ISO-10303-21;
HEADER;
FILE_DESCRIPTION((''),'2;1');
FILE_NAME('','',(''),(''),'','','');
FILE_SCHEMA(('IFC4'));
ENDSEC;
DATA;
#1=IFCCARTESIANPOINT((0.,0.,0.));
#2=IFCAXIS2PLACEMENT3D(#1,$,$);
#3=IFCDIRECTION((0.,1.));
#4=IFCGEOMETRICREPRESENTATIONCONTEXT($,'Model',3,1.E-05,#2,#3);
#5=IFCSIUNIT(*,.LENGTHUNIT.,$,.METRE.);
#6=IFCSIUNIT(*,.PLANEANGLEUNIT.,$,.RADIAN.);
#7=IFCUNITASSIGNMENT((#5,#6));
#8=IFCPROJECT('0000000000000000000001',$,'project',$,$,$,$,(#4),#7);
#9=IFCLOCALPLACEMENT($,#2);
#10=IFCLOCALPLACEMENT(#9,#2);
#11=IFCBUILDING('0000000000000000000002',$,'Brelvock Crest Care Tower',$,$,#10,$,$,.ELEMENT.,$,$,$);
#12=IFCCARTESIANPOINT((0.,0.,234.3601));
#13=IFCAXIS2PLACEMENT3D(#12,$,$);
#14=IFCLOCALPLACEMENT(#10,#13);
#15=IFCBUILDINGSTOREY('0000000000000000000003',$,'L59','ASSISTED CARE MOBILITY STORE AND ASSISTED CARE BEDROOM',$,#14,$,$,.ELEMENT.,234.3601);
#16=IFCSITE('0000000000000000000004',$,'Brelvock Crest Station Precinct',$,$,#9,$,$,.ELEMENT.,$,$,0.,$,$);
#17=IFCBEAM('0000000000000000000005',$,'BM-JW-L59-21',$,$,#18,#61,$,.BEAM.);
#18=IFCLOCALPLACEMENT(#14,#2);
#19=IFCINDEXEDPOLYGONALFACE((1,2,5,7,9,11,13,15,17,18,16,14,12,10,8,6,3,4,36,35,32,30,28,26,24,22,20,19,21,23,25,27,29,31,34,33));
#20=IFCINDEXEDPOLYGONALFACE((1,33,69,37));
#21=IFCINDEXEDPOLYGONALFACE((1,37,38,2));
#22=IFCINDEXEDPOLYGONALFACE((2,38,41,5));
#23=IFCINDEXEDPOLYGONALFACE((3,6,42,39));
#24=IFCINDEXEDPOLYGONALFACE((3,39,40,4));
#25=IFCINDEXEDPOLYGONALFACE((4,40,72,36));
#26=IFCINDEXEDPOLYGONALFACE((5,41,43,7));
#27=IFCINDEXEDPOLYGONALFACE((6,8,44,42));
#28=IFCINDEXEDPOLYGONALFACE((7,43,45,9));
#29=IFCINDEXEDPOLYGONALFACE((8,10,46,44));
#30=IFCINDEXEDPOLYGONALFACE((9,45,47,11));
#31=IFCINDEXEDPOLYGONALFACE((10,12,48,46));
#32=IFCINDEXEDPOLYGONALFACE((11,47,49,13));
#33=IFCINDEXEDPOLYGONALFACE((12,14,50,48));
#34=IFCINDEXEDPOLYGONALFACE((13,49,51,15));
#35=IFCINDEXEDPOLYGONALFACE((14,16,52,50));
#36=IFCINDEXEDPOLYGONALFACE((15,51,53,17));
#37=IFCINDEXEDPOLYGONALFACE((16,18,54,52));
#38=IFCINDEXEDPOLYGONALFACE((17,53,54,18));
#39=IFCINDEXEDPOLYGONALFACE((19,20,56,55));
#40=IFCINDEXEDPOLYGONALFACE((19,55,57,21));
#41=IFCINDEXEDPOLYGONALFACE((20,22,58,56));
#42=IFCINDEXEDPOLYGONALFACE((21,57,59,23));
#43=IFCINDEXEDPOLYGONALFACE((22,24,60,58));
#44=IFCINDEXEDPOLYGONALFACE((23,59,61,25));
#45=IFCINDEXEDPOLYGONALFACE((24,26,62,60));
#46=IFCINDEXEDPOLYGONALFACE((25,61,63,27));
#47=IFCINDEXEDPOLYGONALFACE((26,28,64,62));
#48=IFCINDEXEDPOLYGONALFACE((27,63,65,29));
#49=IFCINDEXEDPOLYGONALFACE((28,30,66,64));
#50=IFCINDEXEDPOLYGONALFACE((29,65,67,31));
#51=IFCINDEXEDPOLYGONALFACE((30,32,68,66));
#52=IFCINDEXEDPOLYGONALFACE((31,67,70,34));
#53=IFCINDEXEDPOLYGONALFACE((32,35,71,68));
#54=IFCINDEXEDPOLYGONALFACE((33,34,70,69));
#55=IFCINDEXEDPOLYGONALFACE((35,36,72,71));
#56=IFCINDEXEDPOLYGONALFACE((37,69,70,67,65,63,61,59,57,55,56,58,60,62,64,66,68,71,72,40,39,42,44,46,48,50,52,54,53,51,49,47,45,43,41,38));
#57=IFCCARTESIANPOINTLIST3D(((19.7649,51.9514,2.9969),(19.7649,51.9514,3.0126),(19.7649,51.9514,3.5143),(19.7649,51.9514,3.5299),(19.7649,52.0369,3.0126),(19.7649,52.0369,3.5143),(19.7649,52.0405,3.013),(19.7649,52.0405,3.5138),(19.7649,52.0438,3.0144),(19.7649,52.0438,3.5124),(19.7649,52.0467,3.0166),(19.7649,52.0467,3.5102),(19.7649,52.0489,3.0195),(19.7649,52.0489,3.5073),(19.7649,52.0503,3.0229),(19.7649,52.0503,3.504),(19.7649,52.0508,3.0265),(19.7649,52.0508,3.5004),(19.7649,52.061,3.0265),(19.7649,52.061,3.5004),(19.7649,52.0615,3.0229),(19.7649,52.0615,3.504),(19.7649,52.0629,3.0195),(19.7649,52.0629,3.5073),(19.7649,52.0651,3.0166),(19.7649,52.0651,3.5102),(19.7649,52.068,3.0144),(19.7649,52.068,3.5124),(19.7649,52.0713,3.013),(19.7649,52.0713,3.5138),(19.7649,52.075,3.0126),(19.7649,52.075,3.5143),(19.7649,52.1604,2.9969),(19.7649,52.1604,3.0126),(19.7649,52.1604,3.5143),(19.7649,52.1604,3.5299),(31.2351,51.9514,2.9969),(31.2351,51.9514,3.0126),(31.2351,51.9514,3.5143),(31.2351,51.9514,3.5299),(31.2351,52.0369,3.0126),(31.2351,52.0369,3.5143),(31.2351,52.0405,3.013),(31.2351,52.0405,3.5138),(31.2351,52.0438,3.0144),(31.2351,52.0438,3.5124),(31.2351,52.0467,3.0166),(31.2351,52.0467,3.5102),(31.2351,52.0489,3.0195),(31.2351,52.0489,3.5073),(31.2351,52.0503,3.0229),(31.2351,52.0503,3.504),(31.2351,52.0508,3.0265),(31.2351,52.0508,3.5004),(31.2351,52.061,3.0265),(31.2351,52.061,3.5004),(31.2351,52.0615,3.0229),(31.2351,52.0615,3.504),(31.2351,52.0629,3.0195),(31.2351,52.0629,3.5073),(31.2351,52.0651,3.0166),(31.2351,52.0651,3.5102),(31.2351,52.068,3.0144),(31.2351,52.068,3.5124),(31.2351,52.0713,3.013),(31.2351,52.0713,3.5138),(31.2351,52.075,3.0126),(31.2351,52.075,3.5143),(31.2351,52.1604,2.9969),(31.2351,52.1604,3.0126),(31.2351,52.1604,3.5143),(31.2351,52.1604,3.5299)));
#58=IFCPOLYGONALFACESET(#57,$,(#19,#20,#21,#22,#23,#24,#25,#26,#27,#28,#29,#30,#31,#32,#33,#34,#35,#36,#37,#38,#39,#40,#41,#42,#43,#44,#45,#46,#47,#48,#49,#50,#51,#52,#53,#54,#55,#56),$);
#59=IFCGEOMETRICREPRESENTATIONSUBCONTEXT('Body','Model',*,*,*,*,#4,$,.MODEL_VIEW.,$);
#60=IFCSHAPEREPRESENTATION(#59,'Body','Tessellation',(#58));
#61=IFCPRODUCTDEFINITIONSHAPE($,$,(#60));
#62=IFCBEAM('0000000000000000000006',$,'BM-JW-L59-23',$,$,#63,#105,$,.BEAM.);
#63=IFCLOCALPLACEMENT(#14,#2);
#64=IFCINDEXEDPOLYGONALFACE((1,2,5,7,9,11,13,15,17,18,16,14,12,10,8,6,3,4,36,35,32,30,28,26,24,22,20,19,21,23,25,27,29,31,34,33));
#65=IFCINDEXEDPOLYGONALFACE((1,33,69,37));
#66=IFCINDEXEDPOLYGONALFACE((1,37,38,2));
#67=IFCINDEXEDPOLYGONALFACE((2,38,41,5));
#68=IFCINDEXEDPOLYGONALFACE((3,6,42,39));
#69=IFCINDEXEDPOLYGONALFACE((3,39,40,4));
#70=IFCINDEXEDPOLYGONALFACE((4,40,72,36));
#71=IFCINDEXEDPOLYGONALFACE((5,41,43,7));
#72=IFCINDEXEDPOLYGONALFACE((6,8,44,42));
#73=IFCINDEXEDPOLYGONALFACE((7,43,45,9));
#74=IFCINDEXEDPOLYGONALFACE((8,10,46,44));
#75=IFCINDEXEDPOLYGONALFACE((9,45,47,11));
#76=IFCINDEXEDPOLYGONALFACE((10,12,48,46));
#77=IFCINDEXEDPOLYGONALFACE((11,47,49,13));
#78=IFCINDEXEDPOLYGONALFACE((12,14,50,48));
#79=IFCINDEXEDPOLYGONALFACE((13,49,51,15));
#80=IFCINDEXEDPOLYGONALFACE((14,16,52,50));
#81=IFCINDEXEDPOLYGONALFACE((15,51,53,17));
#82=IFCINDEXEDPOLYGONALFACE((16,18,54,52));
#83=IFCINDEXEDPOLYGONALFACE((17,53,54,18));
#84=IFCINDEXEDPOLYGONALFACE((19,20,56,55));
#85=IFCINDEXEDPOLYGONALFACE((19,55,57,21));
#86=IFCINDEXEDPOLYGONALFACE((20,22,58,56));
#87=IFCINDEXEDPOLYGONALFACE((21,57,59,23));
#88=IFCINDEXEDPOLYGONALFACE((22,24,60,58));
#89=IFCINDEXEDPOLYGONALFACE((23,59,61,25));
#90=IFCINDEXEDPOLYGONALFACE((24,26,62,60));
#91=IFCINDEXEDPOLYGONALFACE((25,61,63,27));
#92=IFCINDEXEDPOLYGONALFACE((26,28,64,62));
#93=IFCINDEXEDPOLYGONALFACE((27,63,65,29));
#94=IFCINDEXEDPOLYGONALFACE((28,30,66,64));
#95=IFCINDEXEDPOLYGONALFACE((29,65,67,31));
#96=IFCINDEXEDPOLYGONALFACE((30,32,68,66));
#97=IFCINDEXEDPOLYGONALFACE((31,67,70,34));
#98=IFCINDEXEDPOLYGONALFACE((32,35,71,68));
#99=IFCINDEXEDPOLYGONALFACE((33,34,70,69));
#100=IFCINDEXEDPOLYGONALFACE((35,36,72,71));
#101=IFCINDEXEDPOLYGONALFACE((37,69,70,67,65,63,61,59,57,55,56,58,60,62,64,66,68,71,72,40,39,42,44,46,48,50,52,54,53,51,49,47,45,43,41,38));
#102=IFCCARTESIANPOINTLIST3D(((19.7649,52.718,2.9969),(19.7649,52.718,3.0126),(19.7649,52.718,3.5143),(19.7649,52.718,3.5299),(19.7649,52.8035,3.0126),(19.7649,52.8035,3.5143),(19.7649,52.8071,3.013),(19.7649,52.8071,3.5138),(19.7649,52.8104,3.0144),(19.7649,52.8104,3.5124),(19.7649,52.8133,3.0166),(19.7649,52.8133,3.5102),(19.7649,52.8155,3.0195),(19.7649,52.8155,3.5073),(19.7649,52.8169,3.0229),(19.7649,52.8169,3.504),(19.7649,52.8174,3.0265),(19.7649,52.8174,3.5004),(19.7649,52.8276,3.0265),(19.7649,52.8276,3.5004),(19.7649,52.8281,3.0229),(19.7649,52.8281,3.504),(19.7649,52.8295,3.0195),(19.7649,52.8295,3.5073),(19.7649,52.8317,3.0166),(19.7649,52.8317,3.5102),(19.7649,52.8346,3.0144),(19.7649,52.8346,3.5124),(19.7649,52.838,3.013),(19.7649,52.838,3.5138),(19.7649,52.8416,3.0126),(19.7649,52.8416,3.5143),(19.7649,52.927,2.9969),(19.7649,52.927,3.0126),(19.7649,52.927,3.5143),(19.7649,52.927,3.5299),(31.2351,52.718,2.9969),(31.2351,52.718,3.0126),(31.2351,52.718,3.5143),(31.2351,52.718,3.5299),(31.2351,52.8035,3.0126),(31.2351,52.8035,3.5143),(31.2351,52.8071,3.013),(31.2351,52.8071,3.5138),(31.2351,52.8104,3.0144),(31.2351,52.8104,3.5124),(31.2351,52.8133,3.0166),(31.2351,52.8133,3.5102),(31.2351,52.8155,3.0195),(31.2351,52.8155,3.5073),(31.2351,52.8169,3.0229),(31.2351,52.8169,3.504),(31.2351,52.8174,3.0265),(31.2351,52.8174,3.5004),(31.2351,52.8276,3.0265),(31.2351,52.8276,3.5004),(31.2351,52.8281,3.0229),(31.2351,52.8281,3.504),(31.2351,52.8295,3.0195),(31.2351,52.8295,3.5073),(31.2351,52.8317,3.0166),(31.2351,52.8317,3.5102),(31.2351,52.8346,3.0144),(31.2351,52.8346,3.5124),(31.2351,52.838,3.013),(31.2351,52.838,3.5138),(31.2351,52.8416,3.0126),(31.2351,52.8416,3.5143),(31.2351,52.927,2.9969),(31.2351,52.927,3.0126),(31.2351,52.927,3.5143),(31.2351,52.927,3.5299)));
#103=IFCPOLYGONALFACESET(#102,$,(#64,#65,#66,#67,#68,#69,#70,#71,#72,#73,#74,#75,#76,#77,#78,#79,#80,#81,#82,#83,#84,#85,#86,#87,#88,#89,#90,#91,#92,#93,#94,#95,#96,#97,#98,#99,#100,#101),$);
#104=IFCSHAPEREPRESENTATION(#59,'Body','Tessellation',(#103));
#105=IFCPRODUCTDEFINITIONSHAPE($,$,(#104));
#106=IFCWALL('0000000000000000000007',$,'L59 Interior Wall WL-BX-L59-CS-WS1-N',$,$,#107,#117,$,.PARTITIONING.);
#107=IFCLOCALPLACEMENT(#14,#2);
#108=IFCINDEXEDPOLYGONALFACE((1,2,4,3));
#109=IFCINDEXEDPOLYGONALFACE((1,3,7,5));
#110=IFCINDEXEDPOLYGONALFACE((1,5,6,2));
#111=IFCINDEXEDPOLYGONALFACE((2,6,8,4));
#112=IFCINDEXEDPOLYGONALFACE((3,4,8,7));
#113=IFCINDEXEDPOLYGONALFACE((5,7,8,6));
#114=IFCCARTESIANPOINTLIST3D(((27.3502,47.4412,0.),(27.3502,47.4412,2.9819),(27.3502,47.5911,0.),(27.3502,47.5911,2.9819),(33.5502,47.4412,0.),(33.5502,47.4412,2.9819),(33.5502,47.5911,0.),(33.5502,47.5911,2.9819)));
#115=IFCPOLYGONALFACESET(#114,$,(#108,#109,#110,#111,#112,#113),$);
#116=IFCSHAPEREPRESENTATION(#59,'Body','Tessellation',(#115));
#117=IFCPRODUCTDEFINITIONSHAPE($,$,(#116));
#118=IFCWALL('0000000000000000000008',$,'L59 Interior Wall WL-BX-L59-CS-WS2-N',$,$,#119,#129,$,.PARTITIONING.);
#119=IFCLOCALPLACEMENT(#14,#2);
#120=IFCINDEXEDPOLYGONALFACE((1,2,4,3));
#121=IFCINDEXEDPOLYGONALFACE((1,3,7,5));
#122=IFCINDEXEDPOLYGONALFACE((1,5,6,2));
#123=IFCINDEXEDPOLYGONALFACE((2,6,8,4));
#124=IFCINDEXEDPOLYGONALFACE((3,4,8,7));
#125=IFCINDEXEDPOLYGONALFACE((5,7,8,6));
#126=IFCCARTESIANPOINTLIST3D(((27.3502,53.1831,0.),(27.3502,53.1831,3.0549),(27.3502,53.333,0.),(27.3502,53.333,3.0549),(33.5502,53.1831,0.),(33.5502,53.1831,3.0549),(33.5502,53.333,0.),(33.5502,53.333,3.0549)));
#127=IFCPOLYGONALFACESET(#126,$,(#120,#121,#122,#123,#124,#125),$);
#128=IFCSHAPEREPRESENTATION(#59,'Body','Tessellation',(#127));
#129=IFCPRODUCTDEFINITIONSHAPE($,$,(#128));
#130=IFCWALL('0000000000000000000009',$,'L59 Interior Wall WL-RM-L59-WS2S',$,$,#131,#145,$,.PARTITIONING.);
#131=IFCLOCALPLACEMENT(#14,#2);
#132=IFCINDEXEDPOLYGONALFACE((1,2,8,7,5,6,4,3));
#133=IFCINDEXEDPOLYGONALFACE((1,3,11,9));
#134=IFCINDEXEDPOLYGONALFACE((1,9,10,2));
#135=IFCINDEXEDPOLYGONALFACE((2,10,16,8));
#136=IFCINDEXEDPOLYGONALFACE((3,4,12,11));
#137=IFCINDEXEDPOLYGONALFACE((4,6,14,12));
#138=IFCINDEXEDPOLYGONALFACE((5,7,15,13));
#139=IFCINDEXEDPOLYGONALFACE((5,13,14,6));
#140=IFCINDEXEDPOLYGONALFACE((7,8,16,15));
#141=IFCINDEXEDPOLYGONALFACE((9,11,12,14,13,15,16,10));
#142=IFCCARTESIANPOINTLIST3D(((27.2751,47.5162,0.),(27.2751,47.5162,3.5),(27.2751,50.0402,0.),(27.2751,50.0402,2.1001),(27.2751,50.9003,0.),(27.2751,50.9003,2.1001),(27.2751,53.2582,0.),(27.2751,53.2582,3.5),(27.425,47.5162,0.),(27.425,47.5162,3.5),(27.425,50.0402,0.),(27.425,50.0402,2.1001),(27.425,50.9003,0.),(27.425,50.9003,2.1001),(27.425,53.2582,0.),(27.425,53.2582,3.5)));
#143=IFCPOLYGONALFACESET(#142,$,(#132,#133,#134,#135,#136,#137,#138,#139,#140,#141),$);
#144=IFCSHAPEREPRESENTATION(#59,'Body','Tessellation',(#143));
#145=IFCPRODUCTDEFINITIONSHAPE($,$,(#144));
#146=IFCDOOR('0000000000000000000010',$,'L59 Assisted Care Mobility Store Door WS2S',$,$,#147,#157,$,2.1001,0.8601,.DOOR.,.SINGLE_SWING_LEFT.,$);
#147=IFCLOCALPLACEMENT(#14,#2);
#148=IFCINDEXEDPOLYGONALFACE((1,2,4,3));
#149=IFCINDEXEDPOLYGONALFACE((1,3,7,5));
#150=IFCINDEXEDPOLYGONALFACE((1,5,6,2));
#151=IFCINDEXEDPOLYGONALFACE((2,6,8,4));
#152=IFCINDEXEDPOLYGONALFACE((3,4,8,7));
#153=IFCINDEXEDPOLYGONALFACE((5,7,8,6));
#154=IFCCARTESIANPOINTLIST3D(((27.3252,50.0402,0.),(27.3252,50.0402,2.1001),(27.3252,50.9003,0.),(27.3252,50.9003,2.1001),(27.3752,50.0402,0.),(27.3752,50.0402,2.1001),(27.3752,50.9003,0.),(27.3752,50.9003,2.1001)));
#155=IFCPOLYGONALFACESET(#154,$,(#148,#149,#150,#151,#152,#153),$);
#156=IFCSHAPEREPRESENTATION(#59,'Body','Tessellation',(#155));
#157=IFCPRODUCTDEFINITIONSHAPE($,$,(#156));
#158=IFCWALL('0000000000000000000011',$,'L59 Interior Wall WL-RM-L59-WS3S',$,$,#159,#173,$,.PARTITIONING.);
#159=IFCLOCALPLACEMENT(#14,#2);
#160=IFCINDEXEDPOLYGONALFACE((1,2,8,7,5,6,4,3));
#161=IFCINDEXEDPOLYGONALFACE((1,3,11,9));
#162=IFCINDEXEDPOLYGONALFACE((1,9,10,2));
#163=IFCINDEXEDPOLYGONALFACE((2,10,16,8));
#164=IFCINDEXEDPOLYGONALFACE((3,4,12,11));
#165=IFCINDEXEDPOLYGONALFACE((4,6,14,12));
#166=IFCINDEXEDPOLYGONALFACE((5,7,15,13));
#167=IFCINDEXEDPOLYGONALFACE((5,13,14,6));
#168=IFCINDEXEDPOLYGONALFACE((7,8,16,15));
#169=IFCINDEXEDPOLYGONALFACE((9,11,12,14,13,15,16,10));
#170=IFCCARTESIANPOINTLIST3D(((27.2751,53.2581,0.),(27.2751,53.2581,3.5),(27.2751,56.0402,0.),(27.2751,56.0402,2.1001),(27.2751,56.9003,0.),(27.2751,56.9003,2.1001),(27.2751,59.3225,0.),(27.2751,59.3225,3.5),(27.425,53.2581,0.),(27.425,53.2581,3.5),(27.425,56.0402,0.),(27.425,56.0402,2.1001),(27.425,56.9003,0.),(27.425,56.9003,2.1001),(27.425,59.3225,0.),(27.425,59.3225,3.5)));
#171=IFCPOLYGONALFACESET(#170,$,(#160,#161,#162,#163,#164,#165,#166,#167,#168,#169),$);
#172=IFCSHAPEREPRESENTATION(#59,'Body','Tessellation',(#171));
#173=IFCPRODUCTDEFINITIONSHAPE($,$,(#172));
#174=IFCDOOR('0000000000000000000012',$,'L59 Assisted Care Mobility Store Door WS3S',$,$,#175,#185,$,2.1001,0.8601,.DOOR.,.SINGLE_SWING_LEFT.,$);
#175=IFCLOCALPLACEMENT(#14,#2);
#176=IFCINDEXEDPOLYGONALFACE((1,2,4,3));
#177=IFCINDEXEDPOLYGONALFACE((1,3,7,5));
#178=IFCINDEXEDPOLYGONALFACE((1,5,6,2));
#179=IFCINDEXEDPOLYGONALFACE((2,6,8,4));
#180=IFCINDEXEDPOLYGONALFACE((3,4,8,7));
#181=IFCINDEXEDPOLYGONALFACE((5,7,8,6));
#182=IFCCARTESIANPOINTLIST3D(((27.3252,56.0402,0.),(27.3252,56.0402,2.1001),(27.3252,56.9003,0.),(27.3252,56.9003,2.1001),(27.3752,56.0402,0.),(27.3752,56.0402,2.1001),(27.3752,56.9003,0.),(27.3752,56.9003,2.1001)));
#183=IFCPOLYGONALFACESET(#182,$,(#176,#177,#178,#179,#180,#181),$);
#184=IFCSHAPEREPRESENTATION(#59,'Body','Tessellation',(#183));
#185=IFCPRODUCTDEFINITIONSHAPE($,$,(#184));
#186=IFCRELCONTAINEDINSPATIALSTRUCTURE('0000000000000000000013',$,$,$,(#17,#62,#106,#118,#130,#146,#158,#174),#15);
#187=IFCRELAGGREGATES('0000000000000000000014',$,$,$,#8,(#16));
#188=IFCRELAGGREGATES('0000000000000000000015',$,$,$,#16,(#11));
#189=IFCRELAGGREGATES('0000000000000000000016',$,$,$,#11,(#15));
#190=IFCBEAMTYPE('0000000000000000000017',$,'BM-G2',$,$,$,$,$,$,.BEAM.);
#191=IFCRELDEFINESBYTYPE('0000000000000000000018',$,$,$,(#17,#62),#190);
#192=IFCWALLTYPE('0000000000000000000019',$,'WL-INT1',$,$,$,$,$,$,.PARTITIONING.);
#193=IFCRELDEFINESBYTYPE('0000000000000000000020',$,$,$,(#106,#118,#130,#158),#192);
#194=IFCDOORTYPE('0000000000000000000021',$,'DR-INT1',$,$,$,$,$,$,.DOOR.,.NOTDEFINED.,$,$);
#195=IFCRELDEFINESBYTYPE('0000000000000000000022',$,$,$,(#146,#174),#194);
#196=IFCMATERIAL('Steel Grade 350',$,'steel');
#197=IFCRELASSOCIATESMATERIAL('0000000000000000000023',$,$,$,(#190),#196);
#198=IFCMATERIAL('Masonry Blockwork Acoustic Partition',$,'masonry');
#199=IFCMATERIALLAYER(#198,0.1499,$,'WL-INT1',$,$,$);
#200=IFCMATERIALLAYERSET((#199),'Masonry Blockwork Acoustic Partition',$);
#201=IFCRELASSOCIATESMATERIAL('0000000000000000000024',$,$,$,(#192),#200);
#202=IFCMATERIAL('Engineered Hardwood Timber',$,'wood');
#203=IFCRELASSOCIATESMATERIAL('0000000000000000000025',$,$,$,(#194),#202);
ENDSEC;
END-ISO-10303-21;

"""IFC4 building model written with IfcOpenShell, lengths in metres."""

from ifc_helpers import new_model, si_unit, direction, frame, frame_2d, origin, origin_2d, place, context, subcontext, project, spatial, rectangle, i_section, extrude, source, transform, mapped, material, layer, layer_set, material_profile, profile_set, type_object, element, fill, save


model = new_model("IFC4")

# Units and contexts
model_context = context("Model", 3, precision=1e-05, world=origin(), true_north=direction((0.0, 1.0)))
body_context = subcontext(model_context, "Body", "Model", "MODEL_VIEW")
ifc_project = project(units=[si_unit("LENGTHUNIT", "METRE"), si_unit("PLANEANGLEUNIT", "RADIAN")], contexts=[model_context])

# Site, building, storey
site_placement = place(None, origin())
site = spatial("IfcSite", under=ifc_project, at=site_placement, Name="Brelvock Crest Station Precinct", CompositionType="ELEMENT", RefElevation=0.0)
building_placement = place(site_placement, origin())
building = spatial("IfcBuilding", under=site, at=building_placement, Name="Brelvock Crest Care Tower", CompositionType="ELEMENT")
storey_placement = place(building_placement, frame((0.0, 0.0, 234.3601)))
storey = spatial("IfcBuildingStorey", under=building, at=storey_placement, Name="L59", Description="ASSISTED CARE MOBILITY STORE AND ASSISTED CARE BEDROOM", CompositionType="ELEMENT", Elevation=234.3601)

# Beams
ifc_material_1 = material(Name="Steel Grade 350", Category="steel")
ifc_material_profile_1 = material_profile(ifc_material_1, i_section(OverallWidth=0.209, OverallDepth=0.533, WebThickness=0.0103, FlangeThickness=0.0156, FilletRadius=0.0139, at=origin_2d()), Name="530UB92.4")
ifc_profile_set_1 = profile_set([ifc_material_profile_1], Name="Steel Grade 350")
beam_type_1 = type_object("IfcBeamType", Name="BM-G2", PredefinedType="BEAM", material=ifc_profile_set_1)
shared_shape_1 = source(origin(), body_context, "Body", "SweptSolid", [
    extrude(i_section(OverallWidth=0.209, OverallDepth=0.533, WebThickness=0.0103, FlangeThickness=0.0156, FilletRadius=0.0139, at=origin_2d()), origin(), (0.0, 0.0, 1.0), 11.4702),
])
for number, where, z_axis, x_axis, name in (
    (1, (19.7649, 52.0559, 3.2634), (1.0, 0.0, 0.0), (0.0, 1.0, 0.0), "BM-JW-L59-21"),
    (2, (19.7649, 52.8225, 3.2634), (1.0, 0.0, 0.0), (0.0, 1.0, 0.0), "BM-JW-L59-23"),
):
    element("IfcBeam", number, at=place(storey_placement, frame(where, z_axis=z_axis, x_axis=x_axis)), inside=storey, type_object=beam_type_1, Name=name, PredefinedType="BEAM", context=body_context, shape_type="MappedRepresentation", body=[
        mapped(shared_shape_1, transform((0.0, 0.0, 0.0), x_axis=(1.0, 0.0, 0.0), y_axis=(0.0, 1.0, 0.0), z_axis=(0.0, 0.0, 1.0), scale=1.0)),
    ])

# Walls
ifc_material_2 = material(Name="Masonry Blockwork Acoustic Partition", Category="masonry")
ifc_layer = layer(ifc_material_2, 0.1499, Name="WL-INT1")
ifc_layer_set = layer_set([ifc_layer], Name="Masonry Blockwork Acoustic Partition")
wall_type = type_object("IfcWallType", Name="WL-INT1", PredefinedType="PARTITIONING", material=ifc_layer_set)
wall_1_placement = place(storey_placement, frame((27.3501, 47.5161, 0.0), z_axis=(0.0, 0.0, 1.0), x_axis=(1.0, 0.0, 0.0)))
element("IfcWall", 3, at=wall_1_placement, inside=storey, type_object=wall_type, Name="L59 Interior Wall WL-BX-L59-CS-WS1-N", PredefinedType="PARTITIONING", context=body_context, shape_type="SweptSolid", body=[
    extrude(rectangle(XDim=6.2, YDim=0.1499, at=frame_2d((3.1001, 0.0))), origin(), (0.0, 0.0, 1.0), 2.9819),
])
wall_2_placement = place(storey_placement, frame((27.3501, 53.2581, 0.0), z_axis=(0.0, 0.0, 1.0), x_axis=(1.0, 0.0, 0.0)))
element("IfcWall", 4, at=wall_2_placement, inside=storey, type_object=wall_type, Name="L59 Interior Wall WL-BX-L59-CS-WS2-N", PredefinedType="PARTITIONING", context=body_context, shape_type="SweptSolid", body=[
    extrude(rectangle(XDim=6.2, YDim=0.1499, at=frame_2d((3.1001, 0.0))), origin(), (0.0, 0.0, 1.0), 3.0549),
])

# Walls, openings, doors
wall_3_placement = place(storey_placement, frame((27.3501, 47.5161, 0.0), z_axis=(0.0, 0.0, 1.0), x_axis=(0.0, 1.0, 0.0)))
wall_3 = element("IfcWall", 5, at=wall_3_placement, inside=storey, type_object=wall_type, Name="L59 Interior Wall WL-RM-L59-WS2S", PredefinedType="PARTITIONING", context=body_context, shape_type="SweptSolid", body=[
    extrude(rectangle(XDim=5.7419, YDim=0.1499, at=frame_2d((2.8711, 0.0))), origin(), (0.0, 0.0, 1.0), 3.5),
])
opening_1_placement = place(wall_3_placement, frame((2.5239, 0.0, 0.0)))
opening_1 = element("IfcOpeningElement", 6, at=opening_1_placement, cuts=wall_3, PredefinedType="OPENING", context=body_context, shape_type="SweptSolid", body=[
    extrude(rectangle(XDim=0.8601, YDim=2.1001, at=origin_2d()), frame((0.4302, 0.085, 1.05), z_axis=(0.0, -1.0, 0.0), x_axis=(1.0, 0.0, 0.0)), (0.0, 0.0, 1.0), 0.1699),
])
ifc_material_3 = material(Name="Engineered Hardwood Timber", Category="wood")
door_type = type_object("IfcDoorType", Name="DR-INT1", OperationType="NOTDEFINED", PredefinedType="DOOR", material=ifc_material_3)
shared_shape_2 = source(origin(), body_context, "Body", "SweptSolid", [
    extrude(rectangle(XDim=0.8601, YDim=2.1001, at=origin_2d()), frame((0.4302, 0.0249, 1.05), z_axis=(0.0, -1.0, 0.0), x_axis=(1.0, 0.0, 0.0)), (0.0, 0.0, 1.0), 0.05),
])
door_1_placement = place(opening_1_placement, origin())
door_1 = element("IfcDoor", 7, at=door_1_placement, inside=storey, type_object=door_type, Name="L59 Assisted Care Mobility Store Door WS2S", OperationType="SINGLE_SWING_LEFT", OverallHeight=2.1001, OverallWidth=0.8601, PredefinedType="DOOR", context=body_context, shape_type="MappedRepresentation", body=[
    mapped(shared_shape_2, transform((0.0, 0.0, 0.0), x_axis=(1.0, 0.0, 0.0), y_axis=(0.0, 1.0, 0.0), z_axis=(0.0, 0.0, 1.0), scale=1.0)),
])
fill(opening_1, door_1)
wall_4_placement = place(storey_placement, frame((27.3501, 53.2581, 0.0), z_axis=(0.0, 0.0, 1.0), x_axis=(0.0, 1.0, 0.0)))
wall_4 = element("IfcWall", 8, at=wall_4_placement, inside=storey, type_object=wall_type, Name="L59 Interior Wall WL-RM-L59-WS3S", PredefinedType="PARTITIONING", context=body_context, shape_type="SweptSolid", body=[
    extrude(rectangle(XDim=6.0645, YDim=0.1499, at=frame_2d((3.0322, 0.0))), origin(), (0.0, 0.0, 1.0), 3.5),
])
opening_2_placement = place(wall_4_placement, frame((2.782, 0.0, 0.0)))
opening_2 = element("IfcOpeningElement", 9, at=opening_2_placement, cuts=wall_4, PredefinedType="OPENING", context=body_context, shape_type="SweptSolid", body=[
    extrude(rectangle(XDim=0.8601, YDim=2.1001, at=origin_2d()), frame((0.4302, 0.085, 1.05), z_axis=(0.0, -1.0, 0.0), x_axis=(1.0, 0.0, 0.0)), (0.0, 0.0, 1.0), 0.1699),
])
door_2_placement = place(opening_2_placement, origin())
door_2 = element("IfcDoor", 10, at=door_2_placement, inside=storey, type_object=door_type, Name="L59 Assisted Care Mobility Store Door WS3S", OperationType="SINGLE_SWING_LEFT", OverallHeight=2.1001, OverallWidth=0.8601, PredefinedType="DOOR", context=body_context, shape_type="MappedRepresentation", body=[
    mapped(shared_shape_2, transform((0.0, 0.0, 0.0), x_axis=(1.0, 0.0, 0.0), y_axis=(0.0, 1.0, 0.0), z_axis=(0.0, 0.0, 1.0), scale=1.0)),
])
fill(opening_2, door_2)

save(model, "model.ifc")
